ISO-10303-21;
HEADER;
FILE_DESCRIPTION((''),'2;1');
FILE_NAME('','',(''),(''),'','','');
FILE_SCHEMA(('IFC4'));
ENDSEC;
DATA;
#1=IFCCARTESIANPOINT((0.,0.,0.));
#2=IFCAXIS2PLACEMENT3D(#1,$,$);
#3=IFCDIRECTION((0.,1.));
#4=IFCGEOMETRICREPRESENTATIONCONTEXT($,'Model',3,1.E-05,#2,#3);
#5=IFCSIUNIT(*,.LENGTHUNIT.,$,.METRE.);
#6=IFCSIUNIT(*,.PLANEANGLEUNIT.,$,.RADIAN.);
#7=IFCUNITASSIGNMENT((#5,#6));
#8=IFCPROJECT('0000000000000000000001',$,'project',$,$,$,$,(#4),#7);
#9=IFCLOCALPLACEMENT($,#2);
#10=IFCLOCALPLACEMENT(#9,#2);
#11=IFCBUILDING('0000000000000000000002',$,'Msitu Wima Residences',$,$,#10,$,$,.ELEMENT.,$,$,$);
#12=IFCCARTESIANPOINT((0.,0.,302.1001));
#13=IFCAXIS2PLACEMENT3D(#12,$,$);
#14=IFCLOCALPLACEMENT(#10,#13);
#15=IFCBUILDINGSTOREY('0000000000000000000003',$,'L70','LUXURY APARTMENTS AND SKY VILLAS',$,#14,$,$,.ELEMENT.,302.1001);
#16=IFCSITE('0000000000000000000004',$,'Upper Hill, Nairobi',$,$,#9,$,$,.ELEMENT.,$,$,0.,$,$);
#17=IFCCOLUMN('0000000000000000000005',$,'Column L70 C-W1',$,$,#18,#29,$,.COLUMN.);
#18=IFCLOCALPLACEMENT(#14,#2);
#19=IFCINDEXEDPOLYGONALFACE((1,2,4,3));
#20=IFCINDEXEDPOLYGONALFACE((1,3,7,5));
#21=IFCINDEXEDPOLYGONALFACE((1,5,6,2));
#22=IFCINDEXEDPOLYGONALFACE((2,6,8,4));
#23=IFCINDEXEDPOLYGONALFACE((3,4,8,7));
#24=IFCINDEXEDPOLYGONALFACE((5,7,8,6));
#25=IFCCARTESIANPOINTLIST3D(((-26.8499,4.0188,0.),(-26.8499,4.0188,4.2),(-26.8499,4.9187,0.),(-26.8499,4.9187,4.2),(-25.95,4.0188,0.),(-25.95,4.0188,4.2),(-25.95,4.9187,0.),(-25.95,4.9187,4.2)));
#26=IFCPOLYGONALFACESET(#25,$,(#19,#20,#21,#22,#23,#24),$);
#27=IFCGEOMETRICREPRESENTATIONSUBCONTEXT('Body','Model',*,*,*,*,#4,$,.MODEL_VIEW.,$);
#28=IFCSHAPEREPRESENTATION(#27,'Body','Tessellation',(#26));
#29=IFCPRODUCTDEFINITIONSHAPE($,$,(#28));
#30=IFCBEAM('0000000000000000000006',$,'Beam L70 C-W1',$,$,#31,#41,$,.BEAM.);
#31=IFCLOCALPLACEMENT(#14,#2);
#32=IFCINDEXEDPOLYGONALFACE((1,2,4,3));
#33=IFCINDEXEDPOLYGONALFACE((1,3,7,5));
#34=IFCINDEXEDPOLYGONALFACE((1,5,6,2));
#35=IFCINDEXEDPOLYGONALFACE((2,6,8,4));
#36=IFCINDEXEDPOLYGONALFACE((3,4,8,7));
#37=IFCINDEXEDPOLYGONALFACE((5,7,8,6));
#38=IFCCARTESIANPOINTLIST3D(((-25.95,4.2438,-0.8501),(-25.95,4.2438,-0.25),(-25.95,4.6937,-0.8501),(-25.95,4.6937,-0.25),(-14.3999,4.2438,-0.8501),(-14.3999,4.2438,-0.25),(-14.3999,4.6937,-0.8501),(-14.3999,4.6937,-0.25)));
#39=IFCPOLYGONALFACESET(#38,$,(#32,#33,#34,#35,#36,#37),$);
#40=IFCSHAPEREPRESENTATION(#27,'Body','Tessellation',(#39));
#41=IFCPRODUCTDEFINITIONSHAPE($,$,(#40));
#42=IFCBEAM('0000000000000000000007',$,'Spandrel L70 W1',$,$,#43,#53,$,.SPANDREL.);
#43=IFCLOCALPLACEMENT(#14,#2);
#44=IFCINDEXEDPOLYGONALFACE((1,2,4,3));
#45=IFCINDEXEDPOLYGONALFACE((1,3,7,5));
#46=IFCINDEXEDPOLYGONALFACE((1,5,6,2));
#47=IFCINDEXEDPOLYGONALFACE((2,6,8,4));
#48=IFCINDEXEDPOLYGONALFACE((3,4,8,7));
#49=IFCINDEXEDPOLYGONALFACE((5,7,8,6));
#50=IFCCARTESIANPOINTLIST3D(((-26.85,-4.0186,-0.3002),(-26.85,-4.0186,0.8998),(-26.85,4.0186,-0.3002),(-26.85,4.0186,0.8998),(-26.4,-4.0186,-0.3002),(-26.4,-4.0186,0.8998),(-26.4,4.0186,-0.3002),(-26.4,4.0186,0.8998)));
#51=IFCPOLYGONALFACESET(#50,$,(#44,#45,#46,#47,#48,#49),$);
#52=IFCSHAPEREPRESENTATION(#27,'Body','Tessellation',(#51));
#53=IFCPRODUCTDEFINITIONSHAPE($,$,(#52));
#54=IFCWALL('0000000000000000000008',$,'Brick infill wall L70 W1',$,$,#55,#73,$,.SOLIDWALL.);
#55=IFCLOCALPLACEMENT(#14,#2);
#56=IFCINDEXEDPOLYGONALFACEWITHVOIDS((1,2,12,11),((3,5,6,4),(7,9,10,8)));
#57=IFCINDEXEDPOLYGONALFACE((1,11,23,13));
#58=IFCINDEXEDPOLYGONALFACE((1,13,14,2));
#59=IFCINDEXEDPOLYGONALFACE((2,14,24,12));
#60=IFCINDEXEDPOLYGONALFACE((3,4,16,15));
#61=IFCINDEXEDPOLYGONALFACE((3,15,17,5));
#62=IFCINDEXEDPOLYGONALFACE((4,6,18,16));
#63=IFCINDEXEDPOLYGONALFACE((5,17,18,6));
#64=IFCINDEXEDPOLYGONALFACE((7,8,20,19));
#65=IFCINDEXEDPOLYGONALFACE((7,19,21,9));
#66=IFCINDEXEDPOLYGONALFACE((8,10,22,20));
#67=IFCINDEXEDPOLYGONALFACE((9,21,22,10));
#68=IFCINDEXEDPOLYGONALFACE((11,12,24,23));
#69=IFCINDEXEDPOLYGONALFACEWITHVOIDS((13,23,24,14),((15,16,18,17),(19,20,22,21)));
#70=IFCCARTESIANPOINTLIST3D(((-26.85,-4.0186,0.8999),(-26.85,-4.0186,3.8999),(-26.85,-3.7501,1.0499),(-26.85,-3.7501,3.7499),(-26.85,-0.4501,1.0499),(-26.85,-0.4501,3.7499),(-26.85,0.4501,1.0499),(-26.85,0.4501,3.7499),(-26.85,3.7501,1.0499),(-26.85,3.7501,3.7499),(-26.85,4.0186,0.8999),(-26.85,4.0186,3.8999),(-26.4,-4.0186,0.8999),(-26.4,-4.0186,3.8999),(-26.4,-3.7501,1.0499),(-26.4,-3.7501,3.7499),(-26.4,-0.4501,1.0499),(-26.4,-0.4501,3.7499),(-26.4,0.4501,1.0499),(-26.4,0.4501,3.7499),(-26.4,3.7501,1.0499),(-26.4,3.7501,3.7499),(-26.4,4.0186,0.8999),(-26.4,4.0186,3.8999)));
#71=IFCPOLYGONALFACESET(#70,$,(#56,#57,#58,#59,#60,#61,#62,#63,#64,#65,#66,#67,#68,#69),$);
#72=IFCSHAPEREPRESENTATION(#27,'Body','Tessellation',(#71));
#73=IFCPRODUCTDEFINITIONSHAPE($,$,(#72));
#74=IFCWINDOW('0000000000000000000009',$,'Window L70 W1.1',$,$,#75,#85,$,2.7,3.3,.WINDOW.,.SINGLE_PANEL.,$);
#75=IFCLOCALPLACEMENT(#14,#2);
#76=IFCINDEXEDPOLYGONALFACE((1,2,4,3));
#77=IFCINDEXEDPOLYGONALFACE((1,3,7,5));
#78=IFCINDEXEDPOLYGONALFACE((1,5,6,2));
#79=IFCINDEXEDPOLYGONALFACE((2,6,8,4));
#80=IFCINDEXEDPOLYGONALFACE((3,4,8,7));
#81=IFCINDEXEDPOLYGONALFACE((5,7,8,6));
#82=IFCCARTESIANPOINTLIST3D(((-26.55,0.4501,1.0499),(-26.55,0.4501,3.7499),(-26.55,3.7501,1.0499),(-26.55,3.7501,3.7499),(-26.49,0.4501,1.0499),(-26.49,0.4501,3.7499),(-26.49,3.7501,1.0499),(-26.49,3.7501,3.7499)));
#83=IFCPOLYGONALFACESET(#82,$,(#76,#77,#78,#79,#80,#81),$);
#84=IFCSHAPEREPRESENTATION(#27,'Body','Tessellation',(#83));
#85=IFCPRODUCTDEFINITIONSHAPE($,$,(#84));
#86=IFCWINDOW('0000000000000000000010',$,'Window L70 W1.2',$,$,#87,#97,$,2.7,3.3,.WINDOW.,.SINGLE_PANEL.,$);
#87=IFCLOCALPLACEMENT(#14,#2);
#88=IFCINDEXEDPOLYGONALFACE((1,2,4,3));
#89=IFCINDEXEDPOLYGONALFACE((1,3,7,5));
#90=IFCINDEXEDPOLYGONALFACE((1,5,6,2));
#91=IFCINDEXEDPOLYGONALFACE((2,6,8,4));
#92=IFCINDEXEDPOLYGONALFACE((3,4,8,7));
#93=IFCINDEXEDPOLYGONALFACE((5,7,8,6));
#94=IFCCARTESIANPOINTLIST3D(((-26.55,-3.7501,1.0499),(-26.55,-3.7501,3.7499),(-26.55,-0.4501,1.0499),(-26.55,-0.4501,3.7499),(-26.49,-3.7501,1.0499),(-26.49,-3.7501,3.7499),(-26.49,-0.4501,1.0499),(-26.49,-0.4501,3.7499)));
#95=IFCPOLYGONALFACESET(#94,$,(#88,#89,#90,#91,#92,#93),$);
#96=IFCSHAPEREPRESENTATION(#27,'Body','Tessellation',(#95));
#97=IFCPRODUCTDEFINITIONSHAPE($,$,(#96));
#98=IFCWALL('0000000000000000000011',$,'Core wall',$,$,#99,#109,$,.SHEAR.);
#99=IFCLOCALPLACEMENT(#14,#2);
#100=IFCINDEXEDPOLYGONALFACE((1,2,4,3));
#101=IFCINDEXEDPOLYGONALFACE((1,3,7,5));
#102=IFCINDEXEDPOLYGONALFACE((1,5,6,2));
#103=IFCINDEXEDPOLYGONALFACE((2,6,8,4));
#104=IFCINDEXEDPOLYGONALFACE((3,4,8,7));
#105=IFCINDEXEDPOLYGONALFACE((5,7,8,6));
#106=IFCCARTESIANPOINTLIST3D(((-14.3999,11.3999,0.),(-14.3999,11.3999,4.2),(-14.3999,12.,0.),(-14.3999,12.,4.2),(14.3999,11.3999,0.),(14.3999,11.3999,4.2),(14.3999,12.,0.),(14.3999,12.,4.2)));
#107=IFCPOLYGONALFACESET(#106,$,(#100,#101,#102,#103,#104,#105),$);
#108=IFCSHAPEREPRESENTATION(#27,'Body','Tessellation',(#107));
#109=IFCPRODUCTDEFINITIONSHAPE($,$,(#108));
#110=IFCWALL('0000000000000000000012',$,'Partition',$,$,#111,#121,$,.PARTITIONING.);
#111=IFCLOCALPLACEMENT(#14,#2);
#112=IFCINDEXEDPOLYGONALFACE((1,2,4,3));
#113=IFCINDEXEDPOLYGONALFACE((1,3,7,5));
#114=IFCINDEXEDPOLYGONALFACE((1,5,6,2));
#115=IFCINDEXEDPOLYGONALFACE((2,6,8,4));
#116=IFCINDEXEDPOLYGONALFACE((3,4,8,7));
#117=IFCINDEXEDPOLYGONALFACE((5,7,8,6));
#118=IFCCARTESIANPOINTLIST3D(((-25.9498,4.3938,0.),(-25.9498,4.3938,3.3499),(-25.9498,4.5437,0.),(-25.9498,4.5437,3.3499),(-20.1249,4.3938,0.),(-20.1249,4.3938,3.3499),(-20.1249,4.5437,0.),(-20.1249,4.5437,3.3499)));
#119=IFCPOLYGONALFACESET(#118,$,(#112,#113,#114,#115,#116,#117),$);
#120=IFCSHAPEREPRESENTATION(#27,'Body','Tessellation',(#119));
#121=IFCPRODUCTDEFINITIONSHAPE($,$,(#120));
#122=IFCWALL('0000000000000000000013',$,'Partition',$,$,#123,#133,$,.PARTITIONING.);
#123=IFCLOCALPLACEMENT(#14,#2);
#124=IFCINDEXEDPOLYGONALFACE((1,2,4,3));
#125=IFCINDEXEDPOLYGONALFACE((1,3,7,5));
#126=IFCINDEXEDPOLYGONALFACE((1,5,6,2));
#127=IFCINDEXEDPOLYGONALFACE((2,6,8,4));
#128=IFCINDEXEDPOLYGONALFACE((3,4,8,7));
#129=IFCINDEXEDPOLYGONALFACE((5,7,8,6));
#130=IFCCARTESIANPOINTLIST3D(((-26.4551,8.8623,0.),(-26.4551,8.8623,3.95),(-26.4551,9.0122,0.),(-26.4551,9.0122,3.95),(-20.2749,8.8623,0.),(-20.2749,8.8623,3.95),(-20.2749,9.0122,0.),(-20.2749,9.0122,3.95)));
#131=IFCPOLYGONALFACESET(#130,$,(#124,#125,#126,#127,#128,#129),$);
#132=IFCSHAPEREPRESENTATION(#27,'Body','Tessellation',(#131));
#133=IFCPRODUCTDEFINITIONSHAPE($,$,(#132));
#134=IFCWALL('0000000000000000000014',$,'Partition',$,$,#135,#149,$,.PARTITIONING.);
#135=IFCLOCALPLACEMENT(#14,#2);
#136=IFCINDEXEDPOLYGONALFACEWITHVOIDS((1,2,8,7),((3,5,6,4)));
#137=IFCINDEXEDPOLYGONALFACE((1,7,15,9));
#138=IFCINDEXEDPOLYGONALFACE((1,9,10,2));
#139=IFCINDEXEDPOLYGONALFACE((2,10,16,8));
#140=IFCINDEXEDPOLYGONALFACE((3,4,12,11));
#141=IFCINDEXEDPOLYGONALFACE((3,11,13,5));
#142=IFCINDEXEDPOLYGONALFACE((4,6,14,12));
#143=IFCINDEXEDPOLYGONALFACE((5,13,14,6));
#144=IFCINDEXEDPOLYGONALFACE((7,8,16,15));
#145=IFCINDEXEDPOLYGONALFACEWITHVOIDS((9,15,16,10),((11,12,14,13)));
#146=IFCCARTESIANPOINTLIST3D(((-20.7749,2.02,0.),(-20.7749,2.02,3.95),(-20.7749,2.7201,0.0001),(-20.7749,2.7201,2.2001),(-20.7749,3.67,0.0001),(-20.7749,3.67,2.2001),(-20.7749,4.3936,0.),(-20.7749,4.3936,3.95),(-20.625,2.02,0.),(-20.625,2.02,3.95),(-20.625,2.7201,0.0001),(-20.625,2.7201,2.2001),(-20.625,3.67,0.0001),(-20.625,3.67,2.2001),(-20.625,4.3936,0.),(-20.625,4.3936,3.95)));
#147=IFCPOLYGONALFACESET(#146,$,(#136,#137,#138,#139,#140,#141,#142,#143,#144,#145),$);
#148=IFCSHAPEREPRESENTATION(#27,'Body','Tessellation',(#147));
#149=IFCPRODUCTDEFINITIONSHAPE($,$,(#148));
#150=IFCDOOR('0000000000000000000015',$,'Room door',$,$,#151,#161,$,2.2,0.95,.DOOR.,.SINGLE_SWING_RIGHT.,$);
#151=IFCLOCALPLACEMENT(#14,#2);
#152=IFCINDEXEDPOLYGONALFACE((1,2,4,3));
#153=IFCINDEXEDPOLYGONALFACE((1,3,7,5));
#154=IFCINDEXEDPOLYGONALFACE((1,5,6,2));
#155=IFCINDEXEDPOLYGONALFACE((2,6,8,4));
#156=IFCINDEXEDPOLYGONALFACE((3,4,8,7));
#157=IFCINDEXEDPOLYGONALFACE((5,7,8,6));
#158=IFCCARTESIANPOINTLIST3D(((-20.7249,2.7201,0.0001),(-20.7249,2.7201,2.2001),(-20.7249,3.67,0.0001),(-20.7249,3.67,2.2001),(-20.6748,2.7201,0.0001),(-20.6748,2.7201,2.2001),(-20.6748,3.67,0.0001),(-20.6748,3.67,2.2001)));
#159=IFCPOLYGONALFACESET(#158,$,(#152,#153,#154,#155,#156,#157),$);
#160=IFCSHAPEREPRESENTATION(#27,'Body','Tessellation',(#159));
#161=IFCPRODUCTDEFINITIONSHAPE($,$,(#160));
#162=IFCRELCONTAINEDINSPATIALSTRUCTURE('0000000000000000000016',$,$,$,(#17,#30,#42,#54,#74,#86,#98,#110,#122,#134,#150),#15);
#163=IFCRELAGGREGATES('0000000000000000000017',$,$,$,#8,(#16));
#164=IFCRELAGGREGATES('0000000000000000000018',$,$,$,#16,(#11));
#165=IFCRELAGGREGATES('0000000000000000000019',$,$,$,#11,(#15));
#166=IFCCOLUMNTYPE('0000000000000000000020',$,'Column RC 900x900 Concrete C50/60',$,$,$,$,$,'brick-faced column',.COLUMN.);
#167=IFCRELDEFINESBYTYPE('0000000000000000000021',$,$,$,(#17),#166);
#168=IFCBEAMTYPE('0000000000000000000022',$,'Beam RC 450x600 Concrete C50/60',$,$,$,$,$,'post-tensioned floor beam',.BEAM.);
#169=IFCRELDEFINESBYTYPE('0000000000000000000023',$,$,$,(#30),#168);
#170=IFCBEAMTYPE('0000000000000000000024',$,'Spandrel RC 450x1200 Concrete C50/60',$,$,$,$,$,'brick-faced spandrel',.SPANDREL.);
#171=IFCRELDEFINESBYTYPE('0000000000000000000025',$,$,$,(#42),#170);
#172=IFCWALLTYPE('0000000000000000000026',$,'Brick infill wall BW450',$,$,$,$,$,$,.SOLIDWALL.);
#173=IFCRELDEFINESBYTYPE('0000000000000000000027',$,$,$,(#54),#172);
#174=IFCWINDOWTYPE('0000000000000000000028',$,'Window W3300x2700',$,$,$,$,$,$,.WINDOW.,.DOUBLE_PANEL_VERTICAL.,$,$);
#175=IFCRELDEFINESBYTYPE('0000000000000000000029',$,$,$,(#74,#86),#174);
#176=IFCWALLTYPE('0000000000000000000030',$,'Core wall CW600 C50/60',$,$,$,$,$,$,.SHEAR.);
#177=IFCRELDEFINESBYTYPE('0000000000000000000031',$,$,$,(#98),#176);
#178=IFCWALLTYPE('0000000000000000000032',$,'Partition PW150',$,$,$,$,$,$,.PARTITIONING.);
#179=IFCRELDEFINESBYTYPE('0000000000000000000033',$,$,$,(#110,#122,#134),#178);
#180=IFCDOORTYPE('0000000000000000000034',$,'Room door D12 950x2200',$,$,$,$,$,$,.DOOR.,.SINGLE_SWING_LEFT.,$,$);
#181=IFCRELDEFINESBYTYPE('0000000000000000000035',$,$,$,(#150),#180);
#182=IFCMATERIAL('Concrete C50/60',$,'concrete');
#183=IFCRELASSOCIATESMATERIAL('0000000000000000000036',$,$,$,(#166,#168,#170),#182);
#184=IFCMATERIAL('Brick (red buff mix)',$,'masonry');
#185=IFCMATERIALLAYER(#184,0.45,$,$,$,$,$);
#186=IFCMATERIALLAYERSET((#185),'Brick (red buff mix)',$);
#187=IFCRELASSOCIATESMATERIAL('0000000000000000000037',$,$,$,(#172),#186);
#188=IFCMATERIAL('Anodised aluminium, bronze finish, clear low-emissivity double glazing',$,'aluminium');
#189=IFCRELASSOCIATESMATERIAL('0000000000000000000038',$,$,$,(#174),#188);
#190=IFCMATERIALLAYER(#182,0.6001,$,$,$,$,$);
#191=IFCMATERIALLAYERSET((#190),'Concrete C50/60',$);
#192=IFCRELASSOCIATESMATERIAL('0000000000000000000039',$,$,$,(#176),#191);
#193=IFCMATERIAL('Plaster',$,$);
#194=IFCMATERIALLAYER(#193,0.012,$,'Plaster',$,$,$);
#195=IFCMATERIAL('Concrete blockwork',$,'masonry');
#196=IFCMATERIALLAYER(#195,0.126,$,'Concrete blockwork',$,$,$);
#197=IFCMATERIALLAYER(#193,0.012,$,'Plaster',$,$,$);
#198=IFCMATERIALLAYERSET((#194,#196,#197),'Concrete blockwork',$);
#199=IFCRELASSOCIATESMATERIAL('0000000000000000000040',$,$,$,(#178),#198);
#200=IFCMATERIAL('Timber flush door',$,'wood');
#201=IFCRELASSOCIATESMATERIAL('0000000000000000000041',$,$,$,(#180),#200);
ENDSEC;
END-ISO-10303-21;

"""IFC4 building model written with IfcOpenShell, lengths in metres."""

from ifc_helpers import new_model, si_unit, direction, frame, frame_2d, origin, origin_2d, place, context, subcontext, project, spatial, rectangle, extrude, material, layer, layer_set, material_profile, profile_set, type_object, element, fill, save


model = new_model("IFC4")

# Units and contexts
model_context = context("Model", 3, precision=1e-05, world=origin(), true_north=direction((0.0, 1.0)))
body_context = subcontext(model_context, "Body", "Model", "MODEL_VIEW")
ifc_project = project(units=[si_unit("LENGTHUNIT", "METRE"), si_unit("PLANEANGLEUNIT", "RADIAN")], contexts=[model_context])

# Site, building, storey
site_placement = place(None, origin())
site = spatial("IfcSite", under=ifc_project, at=site_placement, Name="Upper Hill, Nairobi", CompositionType="ELEMENT", RefElevation=0.0)
building_placement = place(site_placement, origin())
building = spatial("IfcBuilding", under=site, at=building_placement, Name="Msitu Wima Residences", CompositionType="ELEMENT")
storey_placement = place(building_placement, frame((0.0, 0.0, 302.1001)))
storey = spatial("IfcBuildingStorey", under=building, at=storey_placement, Name="L70", Description="LUXURY APARTMENTS AND SKY VILLAS", CompositionType="ELEMENT", Elevation=302.1001)

# Column
ifc_material_1 = material(Name="Concrete C50/60", Category="concrete")
ifc_material_profile_1 = material_profile(ifc_material_1, rectangle(XDim=0.8999, YDim=0.8999, at=origin_2d()), Name="RC 900x900")
ifc_profile_set_1 = profile_set([ifc_material_profile_1], Name="Concrete C50/60")
column_type = type_object("IfcColumnType", Name="Column RC 900x900 Concrete C50/60", ElementType="brick-faced column", PredefinedType="COLUMN", material=ifc_profile_set_1)
column_placement = place(storey_placement, frame((-26.3999, 4.4688, 0.0), z_axis=(0.0, 0.0, 1.0), x_axis=(0.0, -1.0, 0.0)))
element("IfcColumn", 1, at=column_placement, inside=storey, type_object=column_type, Name="Column L70 C-W1", PredefinedType="COLUMN", context=body_context, shape_type="SweptSolid", body=[
    extrude(rectangle(XDim=0.8999, YDim=0.8999, at=origin_2d()), origin(), (0.0, 0.0, 1.0), 4.2),
])

# Beams
ifc_material_profile_2 = material_profile(ifc_material_1, rectangle(XDim=0.45, YDim=0.6001, at=origin_2d()), Name="RC 450x600")
ifc_profile_set_2 = profile_set([ifc_material_profile_2], Name="Concrete C50/60")
beam_type_1 = type_object("IfcBeamType", Name="Beam RC 450x600 Concrete C50/60", ElementType="post-tensioned floor beam", PredefinedType="BEAM", material=ifc_profile_set_2)
beam_1_placement = place(storey_placement, frame((-25.95, 4.4688, -0.55), z_axis=(1.0, 0.0, 0.0), x_axis=(0.0, 1.0, 0.0)))
element("IfcBeam", 2, at=beam_1_placement, inside=storey, type_object=beam_type_1, Name="Beam L70 C-W1", PredefinedType="BEAM", context=body_context, shape_type="SweptSolid", body=[
    extrude(rectangle(XDim=0.45, YDim=0.6001, at=origin_2d()), origin(), (0.0, 0.0, 1.0), 11.55),
])
ifc_material_profile_3 = material_profile(ifc_material_1, rectangle(XDim=0.45, YDim=1.2, at=origin_2d()), Name="RC 450x1200")
ifc_profile_set_3 = profile_set([ifc_material_profile_3], Name="Concrete C50/60")
beam_type_2 = type_object("IfcBeamType", Name="Spandrel RC 450x1200 Concrete C50/60", ElementType="brick-faced spandrel", PredefinedType="SPANDREL", material=ifc_profile_set_3)
beam_2_placement = place(storey_placement, frame((-26.625, 4.0186, 0.2998), z_axis=(0.0, -1.0, 0.0), x_axis=(1.0, 0.0, 0.0)))
element("IfcBeam", 3, at=beam_2_placement, inside=storey, type_object=beam_type_2, Name="Spandrel L70 W1", PredefinedType="SPANDREL", context=body_context, shape_type="SweptSolid", body=[
    extrude(rectangle(XDim=0.45, YDim=1.2, at=origin_2d()), origin(), (0.0, 0.0, 1.0), 8.0371),
])

# Wall, openings, windows
ifc_material_2 = material(Name="Brick (red buff mix)", Category="masonry")
ifc_layer_1 = layer(ifc_material_2, 0.45)
ifc_layer_set_1 = layer_set([ifc_layer_1], Name="Brick (red buff mix)")
wall_type_1 = type_object("IfcWallType", Name="Brick infill wall BW450", PredefinedType="SOLIDWALL", material=ifc_layer_set_1)
wall_1_placement = place(storey_placement, frame((-26.625, 4.0186, 0.8999), z_axis=(0.0, 0.0, 1.0), x_axis=(0.0, -1.0, 0.0)))
wall_1 = element("IfcWall", 4, at=wall_1_placement, inside=storey, type_object=wall_type_1, Name="Brick infill wall L70 W1", PredefinedType="SOLIDWALL", context=body_context, shape_type="SweptSolid", body=[
    extrude(rectangle(XDim=8.0371, YDim=0.45, at=frame_2d((4.0186, 0.0))), origin(), (0.0, 0.0, 1.0), 3.0),
])
opening_1_placement = place(wall_1_placement, frame((0.2686, 0.0, 0.1499)))
opening_1 = element("IfcOpeningElement", 5, at=opening_1_placement, cuts=wall_1, PredefinedType="OPENING", context=body_context, shape_type="SweptSolid", body=[
    extrude(rectangle(XDim=3.3, YDim=2.7, at=frame_2d((1.6499, 1.3501))), frame((0.0, 0.2349, 0.0), z_axis=(0.0, -1.0, 0.0), x_axis=(1.0, 0.0, 0.0)), (0.0, 0.0, 1.0), 0.47),
])
opening_2_placement = place(wall_1_placement, frame((4.4688, 0.0, 0.1499)))
opening_2 = element("IfcOpeningElement", 6, at=opening_2_placement, cuts=wall_1, PredefinedType="OPENING", context=body_context, shape_type="SweptSolid", body=[
    extrude(rectangle(XDim=3.3, YDim=2.7, at=frame_2d((1.6499, 1.3501))), frame((0.0, 0.2349, 0.0), z_axis=(0.0, -1.0, 0.0), x_axis=(1.0, 0.0, 0.0)), (0.0, 0.0, 1.0), 0.47),
])
ifc_material_3 = material(Name="Anodised aluminium, bronze finish, clear low-emissivity double glazing", Category="aluminium")
window_type = type_object("IfcWindowType", Name="Window W3300x2700", PartitioningType="DOUBLE_PANEL_VERTICAL", PredefinedType="WINDOW", material=ifc_material_3)
window_1_placement = place(opening_1_placement, origin())
window_1 = element("IfcWindow", 7, at=window_1_placement, inside=storey, type_object=window_type, Name="Window L70 W1.1", OverallHeight=2.7, OverallWidth=3.3, PartitioningType="SINGLE_PANEL", PredefinedType="WINDOW", context=body_context, shape_type="SweptSolid", body=[
    extrude(rectangle(XDim=3.3, YDim=2.7, at=frame_2d((1.6499, 1.3501))), frame((0.0, 0.135, 0.0), z_axis=(0.0, -1.0, 0.0), x_axis=(1.0, 0.0, 0.0)), (0.0, 0.0, 1.0), 0.0601),
])
fill(opening_1, window_1)
window_2_placement = place(opening_2_placement, origin())
window_2 = element("IfcWindow", 8, at=window_2_placement, inside=storey, type_object=window_type, Name="Window L70 W1.2", OverallHeight=2.7, OverallWidth=3.3, PartitioningType="SINGLE_PANEL", PredefinedType="WINDOW", context=body_context, shape_type="SweptSolid", body=[
    extrude(rectangle(XDim=3.3, YDim=2.7, at=frame_2d((1.6499, 1.3501))), frame((0.0, 0.135, 0.0), z_axis=(0.0, -1.0, 0.0), x_axis=(1.0, 0.0, 0.0)), (0.0, 0.0, 1.0), 0.0601),
])
fill(opening_2, window_2)

# Walls
ifc_layer_2 = layer(ifc_material_1, 0.6001)
ifc_layer_set_2 = layer_set([ifc_layer_2], Name="Concrete C50/60")
wall_type_2 = type_object("IfcWallType", Name="Core wall CW600 C50/60", PredefinedType="SHEAR", material=ifc_layer_set_2)
wall_2_placement = place(storey_placement, frame((-14.3999, 11.7, 0.0), z_axis=(0.0, 0.0, 1.0), x_axis=(1.0, 0.0, 0.0)))
element("IfcWall", 9, at=wall_2_placement, inside=storey, type_object=wall_type_2, Name="Core wall", PredefinedType="SHEAR", context=body_context, shape_type="SweptSolid", body=[
    extrude(rectangle(XDim=28.7998, YDim=0.6001, at=frame_2d((14.3999, 0.0))), origin(), (0.0, 0.0, 1.0), 4.2),
])
ifc_material_4 = material(Name="Plaster")
ifc_layer_3 = layer(ifc_material_4, 0.012, Name="Plaster")
ifc_material_5 = material(Name="Concrete blockwork", Category="masonry")
ifc_layer_4 = layer(ifc_material_5, 0.126, Name="Concrete blockwork")
ifc_layer_5 = layer(ifc_material_4, 0.012, Name="Plaster")
ifc_layer_set_3 = layer_set([ifc_layer_3, ifc_layer_4, ifc_layer_5], Name="Concrete blockwork")
wall_type_3 = type_object("IfcWallType", Name="Partition PW150", PredefinedType="PARTITIONING", material=ifc_layer_set_3)
wall_3_placement = place(storey_placement, frame((-25.95, 4.4688, 0.0), z_axis=(0.0, 0.0, 1.0), x_axis=(1.0, 0.0, 0.0)))
element("IfcWall", 10, at=wall_3_placement, inside=storey, type_object=wall_type_3, Name="Partition", PredefinedType="PARTITIONING", context=body_context, shape_type="SweptSolid", body=[
    extrude(rectangle(XDim=5.825, YDim=0.1499, at=frame_2d((2.9126, 0.0))), origin(), (0.0, 0.0, 1.0), 3.3499),
])
wall_4_placement = place(storey_placement, frame((-26.4551, 8.9373, 0.0), z_axis=(0.0, 0.0, 1.0), x_axis=(1.0, 0.0, 0.0)))
element("IfcWall", 11, at=wall_4_placement, inside=storey, type_object=wall_type_3, Name="Partition", PredefinedType="PARTITIONING", context=body_context, shape_type="SweptSolid", body=[
    extrude(rectangle(XDim=6.1802, YDim=0.1499, at=frame_2d((3.0901, 0.0))), origin(), (0.0, 0.0, 1.0), 3.95),
])

# Wall, opening, door
wall_5_placement = place(storey_placement, frame((-20.7, 2.02, 0.0), z_axis=(0.0, 0.0, 1.0), x_axis=(0.0, 1.0, 0.0)))
wall_5 = element("IfcWall", 12, at=wall_5_placement, inside=storey, type_object=wall_type_3, Name="Partition", PredefinedType="PARTITIONING", context=body_context, shape_type="SweptSolid", body=[
    extrude(rectangle(XDim=2.3735, YDim=0.1499, at=frame_2d((1.1868, 0.0))), origin(), (0.0, 0.0, 1.0), 3.95),
])
opening_3_placement = place(wall_5_placement, frame((0.7, 0.0, 0.0)))
opening_3 = element("IfcOpeningElement", 13, at=opening_3_placement, cuts=wall_5, PredefinedType="OPENING", context=body_context, shape_type="SweptSolid", body=[
    extrude(rectangle(XDim=0.95, YDim=2.2, at=frame_2d((0.4751, 1.1001))), frame((0.0, 0.085, 0.0), z_axis=(0.0, -1.0, 0.0), x_axis=(1.0, 0.0, 0.0)), (0.0, 0.0, 1.0), 0.1699),
])
ifc_material_6 = material(Name="Timber flush door", Category="wood")
door_type_1 = type_object("IfcDoorType", Name="Room door D12 950x2200", OperationType="SINGLE_SWING_LEFT", PredefinedType="DOOR", material=ifc_material_6)
door_1_placement = place(opening_3_placement, origin())
door_1 = element("IfcDoor", 14, at=door_1_placement, inside=storey, type_object=door_type_1, Name="Room door", OperationType="SINGLE_SWING_RIGHT", OverallHeight=2.2, OverallWidth=0.95, PredefinedType="DOOR", context=body_context, shape_type="SweptSolid", body=[
    extrude(rectangle(XDim=0.95, YDim=2.2, at=frame_2d((0.4751, 1.1001))), frame((0.0, 0.0249, 0.0), z_axis=(0.0, -1.0, 0.0), x_axis=(1.0, 0.0, 0.0)), (0.0, 0.0, 1.0), 0.05),
])
fill(opening_3, door_1)

save(model, "model.ifc")
